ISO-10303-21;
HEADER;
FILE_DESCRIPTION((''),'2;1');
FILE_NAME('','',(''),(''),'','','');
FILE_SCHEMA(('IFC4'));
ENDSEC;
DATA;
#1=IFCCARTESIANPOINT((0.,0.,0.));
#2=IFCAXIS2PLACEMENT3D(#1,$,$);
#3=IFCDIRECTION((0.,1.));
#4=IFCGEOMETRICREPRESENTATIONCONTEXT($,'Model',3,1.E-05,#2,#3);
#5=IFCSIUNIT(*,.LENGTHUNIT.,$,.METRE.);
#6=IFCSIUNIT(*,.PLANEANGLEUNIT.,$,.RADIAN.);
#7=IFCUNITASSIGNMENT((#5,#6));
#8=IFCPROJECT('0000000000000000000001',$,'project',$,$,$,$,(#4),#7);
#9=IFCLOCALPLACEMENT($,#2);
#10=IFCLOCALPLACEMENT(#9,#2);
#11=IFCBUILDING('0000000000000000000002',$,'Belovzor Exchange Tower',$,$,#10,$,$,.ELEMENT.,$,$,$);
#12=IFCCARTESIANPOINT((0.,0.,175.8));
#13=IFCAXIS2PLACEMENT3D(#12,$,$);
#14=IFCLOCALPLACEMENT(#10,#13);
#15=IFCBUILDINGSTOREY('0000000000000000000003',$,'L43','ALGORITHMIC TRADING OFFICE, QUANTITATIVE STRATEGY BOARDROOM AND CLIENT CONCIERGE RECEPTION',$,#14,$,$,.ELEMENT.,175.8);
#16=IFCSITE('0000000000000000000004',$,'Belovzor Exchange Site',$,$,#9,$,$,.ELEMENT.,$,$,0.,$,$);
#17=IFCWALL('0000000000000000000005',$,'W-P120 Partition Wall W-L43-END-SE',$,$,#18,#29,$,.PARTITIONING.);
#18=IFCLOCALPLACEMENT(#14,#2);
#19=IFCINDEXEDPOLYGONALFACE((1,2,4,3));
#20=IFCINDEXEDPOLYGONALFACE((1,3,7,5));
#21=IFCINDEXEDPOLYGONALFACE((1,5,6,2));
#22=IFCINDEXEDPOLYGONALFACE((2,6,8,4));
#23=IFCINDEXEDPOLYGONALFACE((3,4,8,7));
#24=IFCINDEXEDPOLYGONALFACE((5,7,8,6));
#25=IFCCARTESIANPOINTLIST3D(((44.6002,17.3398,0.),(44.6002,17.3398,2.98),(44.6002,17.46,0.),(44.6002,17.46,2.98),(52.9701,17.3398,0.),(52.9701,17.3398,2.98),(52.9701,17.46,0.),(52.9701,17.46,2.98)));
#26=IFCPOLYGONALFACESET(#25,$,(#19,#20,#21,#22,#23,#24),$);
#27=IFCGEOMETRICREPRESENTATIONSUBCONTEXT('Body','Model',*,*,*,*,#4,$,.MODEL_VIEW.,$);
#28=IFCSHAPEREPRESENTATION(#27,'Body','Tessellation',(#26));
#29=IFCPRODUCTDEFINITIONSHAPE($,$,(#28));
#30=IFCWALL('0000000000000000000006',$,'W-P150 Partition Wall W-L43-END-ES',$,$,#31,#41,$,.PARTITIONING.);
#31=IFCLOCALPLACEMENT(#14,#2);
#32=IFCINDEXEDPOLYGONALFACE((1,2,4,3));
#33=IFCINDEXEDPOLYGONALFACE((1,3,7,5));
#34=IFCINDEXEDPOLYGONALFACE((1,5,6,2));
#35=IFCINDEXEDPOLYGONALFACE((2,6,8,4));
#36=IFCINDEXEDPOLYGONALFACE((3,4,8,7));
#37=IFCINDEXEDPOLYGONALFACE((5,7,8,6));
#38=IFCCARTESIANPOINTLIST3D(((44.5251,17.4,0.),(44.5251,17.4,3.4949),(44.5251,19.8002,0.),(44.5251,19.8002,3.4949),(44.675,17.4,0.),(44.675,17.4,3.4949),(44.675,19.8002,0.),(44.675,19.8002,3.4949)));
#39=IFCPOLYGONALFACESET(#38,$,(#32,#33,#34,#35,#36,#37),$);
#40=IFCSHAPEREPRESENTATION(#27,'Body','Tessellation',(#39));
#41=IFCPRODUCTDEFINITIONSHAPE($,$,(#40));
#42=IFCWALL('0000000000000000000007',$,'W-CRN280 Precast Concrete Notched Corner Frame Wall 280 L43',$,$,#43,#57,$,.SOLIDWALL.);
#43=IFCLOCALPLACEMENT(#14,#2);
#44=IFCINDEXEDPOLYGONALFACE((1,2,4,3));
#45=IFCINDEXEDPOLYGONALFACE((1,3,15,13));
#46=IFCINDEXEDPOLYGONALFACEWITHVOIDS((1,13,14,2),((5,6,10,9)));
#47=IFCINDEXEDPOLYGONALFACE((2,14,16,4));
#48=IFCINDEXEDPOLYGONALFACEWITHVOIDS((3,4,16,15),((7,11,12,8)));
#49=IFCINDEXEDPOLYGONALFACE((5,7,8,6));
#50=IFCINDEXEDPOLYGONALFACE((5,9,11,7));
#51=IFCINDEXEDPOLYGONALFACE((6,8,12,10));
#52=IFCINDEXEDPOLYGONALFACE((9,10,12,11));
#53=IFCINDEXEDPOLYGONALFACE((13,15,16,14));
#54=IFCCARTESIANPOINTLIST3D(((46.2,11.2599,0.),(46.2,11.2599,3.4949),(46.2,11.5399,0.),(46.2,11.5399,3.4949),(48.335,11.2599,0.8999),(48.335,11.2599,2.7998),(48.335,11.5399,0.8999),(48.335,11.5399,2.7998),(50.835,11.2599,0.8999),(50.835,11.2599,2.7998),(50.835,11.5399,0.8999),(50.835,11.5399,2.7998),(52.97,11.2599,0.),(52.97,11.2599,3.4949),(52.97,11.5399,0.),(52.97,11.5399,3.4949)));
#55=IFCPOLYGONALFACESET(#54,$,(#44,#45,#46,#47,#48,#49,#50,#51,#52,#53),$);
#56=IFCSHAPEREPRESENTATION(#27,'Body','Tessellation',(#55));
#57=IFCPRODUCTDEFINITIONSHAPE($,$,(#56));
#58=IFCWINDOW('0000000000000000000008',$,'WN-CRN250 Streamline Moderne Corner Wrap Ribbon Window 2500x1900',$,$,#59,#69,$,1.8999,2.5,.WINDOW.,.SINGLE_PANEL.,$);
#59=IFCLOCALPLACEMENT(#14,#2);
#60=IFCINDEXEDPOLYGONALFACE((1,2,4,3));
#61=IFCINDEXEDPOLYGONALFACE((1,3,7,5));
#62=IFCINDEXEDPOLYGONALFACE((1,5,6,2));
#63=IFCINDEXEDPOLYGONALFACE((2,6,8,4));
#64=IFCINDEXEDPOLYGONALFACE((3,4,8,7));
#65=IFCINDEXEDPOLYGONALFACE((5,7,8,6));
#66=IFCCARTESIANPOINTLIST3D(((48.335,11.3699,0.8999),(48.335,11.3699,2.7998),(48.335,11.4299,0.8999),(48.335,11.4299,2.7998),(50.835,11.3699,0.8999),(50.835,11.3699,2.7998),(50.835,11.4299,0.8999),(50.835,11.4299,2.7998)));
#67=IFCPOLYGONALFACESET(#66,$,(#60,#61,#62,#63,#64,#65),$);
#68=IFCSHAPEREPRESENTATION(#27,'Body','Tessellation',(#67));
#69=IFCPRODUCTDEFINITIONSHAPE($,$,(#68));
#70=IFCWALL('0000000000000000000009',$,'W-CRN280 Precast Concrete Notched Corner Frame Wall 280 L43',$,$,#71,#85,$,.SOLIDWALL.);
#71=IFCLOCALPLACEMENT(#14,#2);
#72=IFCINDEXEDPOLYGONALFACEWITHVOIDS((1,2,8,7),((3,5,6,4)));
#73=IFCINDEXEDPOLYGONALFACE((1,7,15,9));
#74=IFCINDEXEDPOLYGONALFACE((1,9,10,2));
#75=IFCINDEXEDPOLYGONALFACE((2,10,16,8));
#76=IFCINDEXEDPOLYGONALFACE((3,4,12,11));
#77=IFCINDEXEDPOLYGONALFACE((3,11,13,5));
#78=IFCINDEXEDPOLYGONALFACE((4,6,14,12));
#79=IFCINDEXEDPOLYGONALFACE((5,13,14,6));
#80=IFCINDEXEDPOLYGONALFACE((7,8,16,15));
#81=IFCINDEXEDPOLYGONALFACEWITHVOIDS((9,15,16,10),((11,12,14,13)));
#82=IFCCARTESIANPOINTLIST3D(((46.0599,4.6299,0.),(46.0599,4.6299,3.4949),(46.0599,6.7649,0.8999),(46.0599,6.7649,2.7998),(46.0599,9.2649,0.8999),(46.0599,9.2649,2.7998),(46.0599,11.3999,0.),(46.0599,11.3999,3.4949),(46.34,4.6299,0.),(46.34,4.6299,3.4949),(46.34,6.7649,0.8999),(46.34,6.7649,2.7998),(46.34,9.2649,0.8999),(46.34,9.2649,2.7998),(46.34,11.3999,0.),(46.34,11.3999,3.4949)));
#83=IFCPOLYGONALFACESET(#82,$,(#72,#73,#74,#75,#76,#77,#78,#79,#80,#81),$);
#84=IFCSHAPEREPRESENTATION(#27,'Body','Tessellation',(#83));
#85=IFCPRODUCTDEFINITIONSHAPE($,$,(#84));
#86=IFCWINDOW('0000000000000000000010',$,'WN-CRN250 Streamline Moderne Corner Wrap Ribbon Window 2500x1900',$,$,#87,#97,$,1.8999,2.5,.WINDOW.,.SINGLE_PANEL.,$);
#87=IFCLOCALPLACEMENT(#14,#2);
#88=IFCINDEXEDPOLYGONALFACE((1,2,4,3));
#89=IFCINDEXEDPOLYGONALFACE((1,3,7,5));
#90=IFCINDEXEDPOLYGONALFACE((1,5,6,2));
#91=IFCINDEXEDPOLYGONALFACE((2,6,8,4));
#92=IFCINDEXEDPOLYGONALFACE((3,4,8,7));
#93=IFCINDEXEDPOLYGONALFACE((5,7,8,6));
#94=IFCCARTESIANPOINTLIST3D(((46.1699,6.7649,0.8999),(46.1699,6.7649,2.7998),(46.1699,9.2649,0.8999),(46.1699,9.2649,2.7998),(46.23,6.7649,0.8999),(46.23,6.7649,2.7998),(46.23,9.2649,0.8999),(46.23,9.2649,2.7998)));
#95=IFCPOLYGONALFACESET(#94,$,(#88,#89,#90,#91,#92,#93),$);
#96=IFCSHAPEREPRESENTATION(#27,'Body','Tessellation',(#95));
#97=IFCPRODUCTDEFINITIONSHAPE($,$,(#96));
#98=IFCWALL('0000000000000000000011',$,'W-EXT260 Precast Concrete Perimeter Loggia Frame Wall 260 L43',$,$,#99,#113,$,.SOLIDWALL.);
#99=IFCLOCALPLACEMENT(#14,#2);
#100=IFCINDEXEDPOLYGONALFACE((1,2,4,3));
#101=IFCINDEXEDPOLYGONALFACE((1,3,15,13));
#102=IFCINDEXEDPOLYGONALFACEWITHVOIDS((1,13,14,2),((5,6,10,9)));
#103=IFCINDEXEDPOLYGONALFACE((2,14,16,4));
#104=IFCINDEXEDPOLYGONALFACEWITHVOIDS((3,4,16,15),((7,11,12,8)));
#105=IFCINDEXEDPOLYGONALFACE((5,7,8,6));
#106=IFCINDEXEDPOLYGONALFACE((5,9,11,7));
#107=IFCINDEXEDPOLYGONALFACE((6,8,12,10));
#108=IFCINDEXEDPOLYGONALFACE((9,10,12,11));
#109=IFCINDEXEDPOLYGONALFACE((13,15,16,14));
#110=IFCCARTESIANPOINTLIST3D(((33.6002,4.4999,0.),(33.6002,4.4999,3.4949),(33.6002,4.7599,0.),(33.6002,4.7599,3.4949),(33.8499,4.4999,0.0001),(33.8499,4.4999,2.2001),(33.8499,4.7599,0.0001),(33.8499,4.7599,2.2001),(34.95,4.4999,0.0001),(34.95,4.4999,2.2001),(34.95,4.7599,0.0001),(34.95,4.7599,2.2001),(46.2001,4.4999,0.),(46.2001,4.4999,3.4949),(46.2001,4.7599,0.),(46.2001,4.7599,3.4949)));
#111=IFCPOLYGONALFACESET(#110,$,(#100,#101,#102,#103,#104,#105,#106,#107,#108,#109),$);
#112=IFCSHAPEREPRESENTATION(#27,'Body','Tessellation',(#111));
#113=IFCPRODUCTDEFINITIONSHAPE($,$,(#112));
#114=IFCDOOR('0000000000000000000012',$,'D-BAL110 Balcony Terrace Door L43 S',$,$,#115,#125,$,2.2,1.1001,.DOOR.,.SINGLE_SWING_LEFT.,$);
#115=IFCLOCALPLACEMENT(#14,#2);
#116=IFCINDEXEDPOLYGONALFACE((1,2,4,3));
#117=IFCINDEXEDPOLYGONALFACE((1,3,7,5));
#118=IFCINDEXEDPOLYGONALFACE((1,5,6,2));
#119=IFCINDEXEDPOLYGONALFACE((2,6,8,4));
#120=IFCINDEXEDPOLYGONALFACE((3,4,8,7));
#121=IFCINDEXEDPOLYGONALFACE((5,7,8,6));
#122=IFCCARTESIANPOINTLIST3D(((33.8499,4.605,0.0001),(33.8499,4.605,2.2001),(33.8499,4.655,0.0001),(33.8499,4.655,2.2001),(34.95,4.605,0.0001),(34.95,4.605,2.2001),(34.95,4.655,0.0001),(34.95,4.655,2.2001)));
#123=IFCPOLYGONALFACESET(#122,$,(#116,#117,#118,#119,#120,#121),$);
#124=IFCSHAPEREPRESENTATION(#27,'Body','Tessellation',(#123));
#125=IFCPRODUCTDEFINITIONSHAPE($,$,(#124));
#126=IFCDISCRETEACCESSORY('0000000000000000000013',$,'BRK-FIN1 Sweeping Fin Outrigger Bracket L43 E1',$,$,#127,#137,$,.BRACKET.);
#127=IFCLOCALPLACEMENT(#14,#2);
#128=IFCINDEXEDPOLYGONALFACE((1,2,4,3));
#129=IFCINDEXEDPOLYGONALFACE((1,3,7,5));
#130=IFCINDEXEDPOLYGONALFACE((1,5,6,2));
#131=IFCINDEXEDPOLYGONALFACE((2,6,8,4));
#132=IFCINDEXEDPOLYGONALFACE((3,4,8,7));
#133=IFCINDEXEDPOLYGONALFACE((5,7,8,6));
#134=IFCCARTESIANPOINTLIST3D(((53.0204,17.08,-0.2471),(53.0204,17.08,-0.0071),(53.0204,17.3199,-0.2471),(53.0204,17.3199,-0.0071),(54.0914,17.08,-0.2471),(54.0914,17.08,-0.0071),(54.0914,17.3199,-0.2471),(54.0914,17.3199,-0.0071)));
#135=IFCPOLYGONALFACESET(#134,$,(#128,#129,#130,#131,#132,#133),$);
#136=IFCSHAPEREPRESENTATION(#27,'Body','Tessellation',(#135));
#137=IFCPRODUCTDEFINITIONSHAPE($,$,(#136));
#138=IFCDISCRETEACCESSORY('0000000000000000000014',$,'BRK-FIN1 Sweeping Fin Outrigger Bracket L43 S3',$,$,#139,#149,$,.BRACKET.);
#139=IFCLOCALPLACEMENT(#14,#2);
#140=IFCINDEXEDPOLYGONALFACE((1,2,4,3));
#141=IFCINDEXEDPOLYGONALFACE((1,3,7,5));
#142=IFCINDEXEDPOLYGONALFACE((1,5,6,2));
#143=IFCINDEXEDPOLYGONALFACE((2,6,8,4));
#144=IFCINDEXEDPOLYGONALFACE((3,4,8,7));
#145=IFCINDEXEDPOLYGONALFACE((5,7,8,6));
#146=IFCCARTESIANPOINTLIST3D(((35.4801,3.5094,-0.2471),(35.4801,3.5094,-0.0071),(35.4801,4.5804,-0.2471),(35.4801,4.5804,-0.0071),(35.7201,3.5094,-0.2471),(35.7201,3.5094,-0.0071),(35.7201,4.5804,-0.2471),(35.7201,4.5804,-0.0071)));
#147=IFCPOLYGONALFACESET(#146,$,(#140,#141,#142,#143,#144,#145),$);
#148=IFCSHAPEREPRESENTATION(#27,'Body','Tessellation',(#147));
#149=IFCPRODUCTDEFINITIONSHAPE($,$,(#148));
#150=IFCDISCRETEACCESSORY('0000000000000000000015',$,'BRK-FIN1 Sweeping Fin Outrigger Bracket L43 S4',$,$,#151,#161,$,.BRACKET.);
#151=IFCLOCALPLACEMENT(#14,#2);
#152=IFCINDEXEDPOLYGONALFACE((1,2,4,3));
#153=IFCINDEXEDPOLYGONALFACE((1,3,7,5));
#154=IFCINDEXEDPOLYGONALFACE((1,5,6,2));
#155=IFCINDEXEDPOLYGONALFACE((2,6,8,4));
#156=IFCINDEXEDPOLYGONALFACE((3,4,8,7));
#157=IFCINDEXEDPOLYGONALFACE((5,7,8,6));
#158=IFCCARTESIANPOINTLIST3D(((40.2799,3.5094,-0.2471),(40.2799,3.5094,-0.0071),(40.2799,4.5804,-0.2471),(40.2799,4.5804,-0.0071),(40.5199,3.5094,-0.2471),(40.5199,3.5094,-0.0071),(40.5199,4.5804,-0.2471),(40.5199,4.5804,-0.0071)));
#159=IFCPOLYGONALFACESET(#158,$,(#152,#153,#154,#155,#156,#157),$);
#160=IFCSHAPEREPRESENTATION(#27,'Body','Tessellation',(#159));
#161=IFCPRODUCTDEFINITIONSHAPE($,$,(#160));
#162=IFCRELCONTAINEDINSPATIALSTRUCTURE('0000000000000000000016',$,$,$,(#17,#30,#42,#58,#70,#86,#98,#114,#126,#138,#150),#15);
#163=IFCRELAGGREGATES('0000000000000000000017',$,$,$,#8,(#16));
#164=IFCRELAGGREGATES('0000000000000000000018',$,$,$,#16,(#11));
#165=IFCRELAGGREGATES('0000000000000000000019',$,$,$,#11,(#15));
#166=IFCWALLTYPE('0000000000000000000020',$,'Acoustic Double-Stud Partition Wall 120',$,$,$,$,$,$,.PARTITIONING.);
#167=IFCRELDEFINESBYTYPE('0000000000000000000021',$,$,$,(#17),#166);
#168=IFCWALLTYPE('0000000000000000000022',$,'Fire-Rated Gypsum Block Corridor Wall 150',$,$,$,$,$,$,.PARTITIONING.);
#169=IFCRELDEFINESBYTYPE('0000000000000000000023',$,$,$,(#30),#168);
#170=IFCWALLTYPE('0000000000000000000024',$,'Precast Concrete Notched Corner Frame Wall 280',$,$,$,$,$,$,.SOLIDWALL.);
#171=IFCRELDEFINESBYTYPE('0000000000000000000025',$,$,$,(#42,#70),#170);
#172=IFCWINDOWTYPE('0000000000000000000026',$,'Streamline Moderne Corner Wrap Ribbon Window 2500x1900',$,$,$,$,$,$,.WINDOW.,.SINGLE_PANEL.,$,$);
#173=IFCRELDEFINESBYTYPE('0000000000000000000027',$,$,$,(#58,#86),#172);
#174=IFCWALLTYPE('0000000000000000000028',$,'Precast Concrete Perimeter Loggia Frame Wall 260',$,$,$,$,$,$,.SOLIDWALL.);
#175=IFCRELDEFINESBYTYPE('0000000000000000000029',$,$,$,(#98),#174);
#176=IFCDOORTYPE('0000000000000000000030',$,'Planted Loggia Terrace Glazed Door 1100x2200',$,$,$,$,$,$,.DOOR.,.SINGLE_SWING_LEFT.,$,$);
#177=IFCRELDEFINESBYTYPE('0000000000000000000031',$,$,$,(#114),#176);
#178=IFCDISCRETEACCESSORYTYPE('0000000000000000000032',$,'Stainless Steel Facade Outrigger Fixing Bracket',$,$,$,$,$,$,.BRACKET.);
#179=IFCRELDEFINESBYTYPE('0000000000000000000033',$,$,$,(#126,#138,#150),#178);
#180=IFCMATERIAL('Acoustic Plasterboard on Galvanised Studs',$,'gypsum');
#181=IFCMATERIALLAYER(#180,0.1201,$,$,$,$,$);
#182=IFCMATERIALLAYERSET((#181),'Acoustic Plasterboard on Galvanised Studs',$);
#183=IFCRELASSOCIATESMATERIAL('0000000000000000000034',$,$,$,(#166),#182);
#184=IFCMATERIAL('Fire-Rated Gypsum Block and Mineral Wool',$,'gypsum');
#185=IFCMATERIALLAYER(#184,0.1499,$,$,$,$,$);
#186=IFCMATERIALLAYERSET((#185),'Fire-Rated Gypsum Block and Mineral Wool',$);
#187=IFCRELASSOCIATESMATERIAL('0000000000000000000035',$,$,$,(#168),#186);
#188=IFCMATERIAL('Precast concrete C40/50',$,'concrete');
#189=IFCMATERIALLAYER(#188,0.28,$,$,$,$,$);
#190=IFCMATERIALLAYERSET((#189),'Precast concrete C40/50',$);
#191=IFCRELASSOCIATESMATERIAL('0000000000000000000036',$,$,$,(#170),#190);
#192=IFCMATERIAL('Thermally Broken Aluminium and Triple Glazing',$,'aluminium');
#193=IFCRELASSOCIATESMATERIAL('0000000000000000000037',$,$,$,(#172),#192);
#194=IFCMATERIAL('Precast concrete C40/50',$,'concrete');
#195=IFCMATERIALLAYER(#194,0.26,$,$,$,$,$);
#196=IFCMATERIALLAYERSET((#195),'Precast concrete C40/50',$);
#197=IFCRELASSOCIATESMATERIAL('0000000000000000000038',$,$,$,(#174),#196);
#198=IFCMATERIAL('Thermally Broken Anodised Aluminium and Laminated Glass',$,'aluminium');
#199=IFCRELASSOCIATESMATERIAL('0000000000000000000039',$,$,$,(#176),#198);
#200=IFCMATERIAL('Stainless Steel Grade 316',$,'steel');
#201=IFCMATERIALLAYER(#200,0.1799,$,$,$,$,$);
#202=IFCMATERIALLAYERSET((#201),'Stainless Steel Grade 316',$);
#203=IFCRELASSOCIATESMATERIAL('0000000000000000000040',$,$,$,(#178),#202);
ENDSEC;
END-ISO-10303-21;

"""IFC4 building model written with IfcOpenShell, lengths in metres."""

from ifc_helpers import new_model, si_unit, direction, frame, frame_2d, origin, origin_2d, place, context, subcontext, project, spatial, rectangle, extrude, material, layer, layer_set, type_object, element, fill, save


model = new_model("IFC4")

# Units and contexts
model_context = context("Model", 3, precision=1e-05, world=origin(), true_north=direction((0.0, 1.0)))
body_context = subcontext(model_context, "Body", "Model", "MODEL_VIEW")
ifc_project = project(units=[si_unit("LENGTHUNIT", "METRE"), si_unit("PLANEANGLEUNIT", "RADIAN")], contexts=[model_context])

# Site, building, storey
site_placement = place(None, origin())
site = spatial("IfcSite", under=ifc_project, at=site_placement, Name="Belovzor Exchange Site", CompositionType="ELEMENT", RefElevation=0.0)
building_placement = place(site_placement, origin())
building = spatial("IfcBuilding", under=site, at=building_placement, Name="Belovzor Exchange Tower", CompositionType="ELEMENT")
storey_placement = place(building_placement, frame((0.0, 0.0, 175.8)))
storey = spatial("IfcBuildingStorey", under=building, at=storey_placement, Name="L43", Description="ALGORITHMIC TRADING OFFICE, QUANTITATIVE STRATEGY BOARDROOM AND CLIENT CONCIERGE RECEPTION", CompositionType="ELEMENT", Elevation=175.8)

# Walls
ifc_material_1 = material(Name="Acoustic Plasterboard on Galvanised Studs", Category="gypsum")
ifc_layer_1 = layer(ifc_material_1, 0.1201)
ifc_layer_set_1 = layer_set([ifc_layer_1], Name="Acoustic Plasterboard on Galvanised Studs")
wall_type_1 = type_object("IfcWallType", Name="Acoustic Double-Stud Partition Wall 120", PredefinedType="PARTITIONING", material=ifc_layer_set_1)
wall_1_placement = place(storey_placement, frame((44.6001, 17.3999, 0.0), z_axis=(0.0, 0.0, 1.0), x_axis=(1.0, 0.0, 0.0)))
element("IfcWall", 1, at=wall_1_placement, inside=storey, type_object=wall_type_1, Name="W-P120 Partition Wall W-L43-END-SE", PredefinedType="PARTITIONING", context=body_context, shape_type="SweptSolid", body=[
    extrude(rectangle(XDim=8.3699, YDim=0.1201, at=frame_2d((4.1851, 0.0))), origin(), (0.0, 0.0, 1.0), 2.98),
])
ifc_material_2 = material(Name="Fire-Rated Gypsum Block and Mineral Wool", Category="gypsum")
ifc_layer_2 = layer(ifc_material_2, 0.1499)
ifc_layer_set_2 = layer_set([ifc_layer_2], Name="Fire-Rated Gypsum Block and Mineral Wool")
wall_type_2 = type_object("IfcWallType", Name="Fire-Rated Gypsum Block Corridor Wall 150", PredefinedType="PARTITIONING", material=ifc_layer_set_2)
wall_2_placement = place(storey_placement, frame((44.6001, 17.3999, 0.0), z_axis=(0.0, 0.0, 1.0), x_axis=(0.0, 1.0, 0.0)))
element("IfcWall", 2, at=wall_2_placement, inside=storey, type_object=wall_type_2, Name="W-P150 Partition Wall W-L43-END-ES", PredefinedType="PARTITIONING", context=body_context, shape_type="SweptSolid", body=[
    extrude(rectangle(XDim=2.4001, YDim=0.1499, at=frame_2d((1.2002, 0.0))), origin(), (0.0, 0.0, 1.0), 3.4949),
])

# Walls, openings, windows
ifc_material_3 = material(Name="Precast concrete C40/50", Category="concrete")
ifc_layer_3 = layer(ifc_material_3, 0.28)
ifc_layer_set_3 = layer_set([ifc_layer_3], Name="Precast concrete C40/50")
wall_type_3 = type_object("IfcWallType", Name="Precast Concrete Notched Corner Frame Wall 280", PredefinedType="SOLIDWALL", material=ifc_layer_set_3)
wall_3_placement = place(storey_placement, frame((52.97, 11.3999, 0.0), z_axis=(0.0, 0.0, 1.0), x_axis=(-1.0, 0.0, 0.0)))
wall_3 = element("IfcWall", 3, at=wall_3_placement, inside=storey, type_object=wall_type_3, Name="W-CRN280 Precast Concrete Notched Corner Frame Wall 280 L43", PredefinedType="SOLIDWALL", context=body_context, shape_type="SweptSolid", body=[
    extrude(rectangle(XDim=6.77, YDim=0.28, at=frame_2d((3.385, 0.0))), origin(), (0.0, 0.0, 1.0), 3.4949),
])
opening_1_placement = place(wall_3_placement, frame((2.135, 0.0, 0.8999)))
opening_1 = element("IfcOpeningElement", 4, at=opening_1_placement, cuts=wall_3, PredefinedType="OPENING", context=body_context, shape_type="SweptSolid", body=[
    extrude(rectangle(XDim=2.5, YDim=1.8999, at=frame_2d((1.25, 0.95))), frame((0.0, 0.1499, 0.0), z_axis=(0.0, -1.0, 0.0), x_axis=(1.0, 0.0, 0.0)), (0.0, 0.0, 1.0), 0.3),
])
ifc_material_4 = material(Name="Thermally Broken Aluminium and Triple Glazing", Category="aluminium")
window_type = type_object("IfcWindowType", Name="Streamline Moderne Corner Wrap Ribbon Window 2500x1900", PartitioningType="SINGLE_PANEL", PredefinedType="WINDOW", material=ifc_material_4)
window_1_placement = place(opening_1_placement, origin())
window_1 = element("IfcWindow", 5, at=window_1_placement, inside=storey, type_object=window_type, Name="WN-CRN250 Streamline Moderne Corner Wrap Ribbon Window 2500x1900", OverallHeight=1.8999, OverallWidth=2.5, PartitioningType="SINGLE_PANEL", PredefinedType="WINDOW", context=body_context, shape_type="SweptSolid", body=[
    extrude(rectangle(XDim=2.5, YDim=1.8999, at=frame_2d((1.25, 0.95))), frame((0.0, 0.03, 0.0), z_axis=(0.0, -1.0, 0.0), x_axis=(1.0, 0.0, 0.0)), (0.0, 0.0, 1.0), 0.0601),
])
fill(opening_1, window_1)
wall_4_placement = place(storey_placement, frame((46.2, 11.3999, 0.0), z_axis=(0.0, 0.0, 1.0), x_axis=(0.0, -1.0, 0.0)))
wall_4 = element("IfcWall", 6, at=wall_4_placement, inside=storey, type_object=wall_type_3, Name="W-CRN280 Precast Concrete Notched Corner Frame Wall 280 L43", PredefinedType="SOLIDWALL", context=body_context, shape_type="SweptSolid", body=[
    extrude(rectangle(XDim=6.77, YDim=0.28, at=frame_2d((3.385, 0.0))), origin(), (0.0, 0.0, 1.0), 3.4949),
])
opening_2_placement = place(wall_4_placement, frame((2.135, 0.0, 0.8999)))
opening_2 = element("IfcOpeningElement", 7, at=opening_2_placement, cuts=wall_4, PredefinedType="OPENING", context=body_context, shape_type="SweptSolid", body=[
    extrude(rectangle(XDim=2.5, YDim=1.8999, at=frame_2d((1.25, 0.95))), frame((0.0, 0.1499, 0.0), z_axis=(0.0, -1.0, 0.0), x_axis=(1.0, 0.0, 0.0)), (0.0, 0.0, 1.0), 0.3),
])
window_2_placement = place(opening_2_placement, origin())
window_2 = element("IfcWindow", 8, at=window_2_placement, inside=storey, type_object=window_type, Name="WN-CRN250 Streamline Moderne Corner Wrap Ribbon Window 2500x1900", OverallHeight=1.8999, OverallWidth=2.5, PartitioningType="SINGLE_PANEL", PredefinedType="WINDOW", context=body_context, shape_type="SweptSolid", body=[
    extrude(rectangle(XDim=2.5, YDim=1.8999, at=frame_2d((1.25, 0.95))), frame((0.0, 0.03, 0.0), z_axis=(0.0, -1.0, 0.0), x_axis=(1.0, 0.0, 0.0)), (0.0, 0.0, 1.0), 0.0601),
])
fill(opening_2, window_2)

# Wall, opening, door
ifc_material_5 = material(Name="Precast concrete C40/50", Category="concrete")
ifc_layer_4 = layer(ifc_material_5, 0.26)
ifc_layer_set_4 = layer_set([ifc_layer_4], Name="Precast concrete C40/50")
wall_type_4 = type_object("IfcWallType", Name="Precast Concrete Perimeter Loggia Frame Wall 260", PredefinedType="SOLIDWALL", material=ifc_layer_set_4)
wall_5_placement = place(storey_placement, frame((46.2, 4.6299, 0.0), z_axis=(0.0, 0.0, 1.0), x_axis=(-1.0, 0.0, 0.0)))
wall_5 = element("IfcWall", 9, at=wall_5_placement, inside=storey, type_object=wall_type_4, Name="W-EXT260 Precast Concrete Perimeter Loggia Frame Wall 260 L43", PredefinedType="SOLIDWALL", context=body_context, shape_type="SweptSolid", body=[
    extrude(rectangle(XDim=12.5999, YDim=0.26, at=frame_2d((6.2998, 0.0))), origin(), (0.0, 0.0, 1.0), 3.4949),
])
opening_3_placement = place(wall_5_placement, frame((11.25, 0.0, 0.0)))
opening_3 = element("IfcOpeningElement", 10, at=opening_3_placement, cuts=wall_5, PredefinedType="OPENING", context=body_context, shape_type="SweptSolid", body=[
    extrude(rectangle(XDim=1.1001, YDim=2.2, at=frame_2d((0.55, 1.1001))), frame((0.0, 0.1399, 0.0), z_axis=(0.0, -1.0, 0.0), x_axis=(1.0, 0.0, 0.0)), (0.0, 0.0, 1.0), 0.28),
])
ifc_material_6 = material(Name="Thermally Broken Anodised Aluminium and Laminated Glass", Category="aluminium")
door_type = type_object("IfcDoorType", Name="Planted Loggia Terrace Glazed Door 1100x2200", OperationType="SINGLE_SWING_LEFT", PredefinedType="DOOR", material=ifc_material_6)
door_placement = place(opening_3_placement, origin())
door = element("IfcDoor", 11, at=door_placement, inside=storey, type_object=door_type, Name="D-BAL110 Balcony Terrace Door L43 S", OperationType="SINGLE_SWING_LEFT", OverallHeight=2.2, OverallWidth=1.1001, PredefinedType="DOOR", context=body_context, shape_type="SweptSolid", body=[
    extrude(rectangle(XDim=1.1001, YDim=2.2, at=frame_2d((0.55, 1.1001))), frame((0.0, 0.0249, 0.0), z_axis=(0.0, -1.0, 0.0), x_axis=(1.0, 0.0, 0.0)), (0.0, 0.0, 1.0), 0.05),
])
fill(opening_3, door)

# Discrete accessories
ifc_material_7 = material(Name="Stainless Steel Grade 316", Category="steel")
ifc_layer_5 = layer(ifc_material_7, 0.1799)
ifc_layer_set_5 = layer_set([ifc_layer_5], Name="Stainless Steel Grade 316")
discrete_accessory_type = type_object("IfcDiscreteAccessoryType", Name="Stainless Steel Facade Outrigger Fixing Bracket", PredefinedType="BRACKET", material=ifc_layer_set_5)
for number, where, z_axis, x_axis, name in (
    (12, (53.5559, 17.2, -0.2471), (0.0, 0.0, 1.0), (1.0, 0.0, 0.0), "BRK-FIN1 Sweeping Fin Outrigger Bracket L43 E1"),
    (13, (35.6001, 4.0449, -0.2471), (0.0, 0.0, 1.0), (0.0, 1.0, 0.0), "BRK-FIN1 Sweeping Fin Outrigger Bracket L43 S3"),
    (14, (40.3999, 4.0449, -0.2471), (0.0, 0.0, 1.0), (0.0, 1.0, 0.0), "BRK-FIN1 Sweeping Fin Outrigger Bracket L43 S4"),
):
    element("IfcDiscreteAccessory", number, at=place(storey_placement, frame(where, z_axis=z_axis, x_axis=x_axis)), inside=storey, type_object=discrete_accessory_type, Name=name, PredefinedType="BRACKET", context=body_context, shape_type="SweptSolid", body=[
        extrude(rectangle(XDim=1.071, YDim=0.24, at=origin_2d()), origin(), (0.0, 0.0, 1.0), 0.24),
    ])

save(model, "model.ifc")
